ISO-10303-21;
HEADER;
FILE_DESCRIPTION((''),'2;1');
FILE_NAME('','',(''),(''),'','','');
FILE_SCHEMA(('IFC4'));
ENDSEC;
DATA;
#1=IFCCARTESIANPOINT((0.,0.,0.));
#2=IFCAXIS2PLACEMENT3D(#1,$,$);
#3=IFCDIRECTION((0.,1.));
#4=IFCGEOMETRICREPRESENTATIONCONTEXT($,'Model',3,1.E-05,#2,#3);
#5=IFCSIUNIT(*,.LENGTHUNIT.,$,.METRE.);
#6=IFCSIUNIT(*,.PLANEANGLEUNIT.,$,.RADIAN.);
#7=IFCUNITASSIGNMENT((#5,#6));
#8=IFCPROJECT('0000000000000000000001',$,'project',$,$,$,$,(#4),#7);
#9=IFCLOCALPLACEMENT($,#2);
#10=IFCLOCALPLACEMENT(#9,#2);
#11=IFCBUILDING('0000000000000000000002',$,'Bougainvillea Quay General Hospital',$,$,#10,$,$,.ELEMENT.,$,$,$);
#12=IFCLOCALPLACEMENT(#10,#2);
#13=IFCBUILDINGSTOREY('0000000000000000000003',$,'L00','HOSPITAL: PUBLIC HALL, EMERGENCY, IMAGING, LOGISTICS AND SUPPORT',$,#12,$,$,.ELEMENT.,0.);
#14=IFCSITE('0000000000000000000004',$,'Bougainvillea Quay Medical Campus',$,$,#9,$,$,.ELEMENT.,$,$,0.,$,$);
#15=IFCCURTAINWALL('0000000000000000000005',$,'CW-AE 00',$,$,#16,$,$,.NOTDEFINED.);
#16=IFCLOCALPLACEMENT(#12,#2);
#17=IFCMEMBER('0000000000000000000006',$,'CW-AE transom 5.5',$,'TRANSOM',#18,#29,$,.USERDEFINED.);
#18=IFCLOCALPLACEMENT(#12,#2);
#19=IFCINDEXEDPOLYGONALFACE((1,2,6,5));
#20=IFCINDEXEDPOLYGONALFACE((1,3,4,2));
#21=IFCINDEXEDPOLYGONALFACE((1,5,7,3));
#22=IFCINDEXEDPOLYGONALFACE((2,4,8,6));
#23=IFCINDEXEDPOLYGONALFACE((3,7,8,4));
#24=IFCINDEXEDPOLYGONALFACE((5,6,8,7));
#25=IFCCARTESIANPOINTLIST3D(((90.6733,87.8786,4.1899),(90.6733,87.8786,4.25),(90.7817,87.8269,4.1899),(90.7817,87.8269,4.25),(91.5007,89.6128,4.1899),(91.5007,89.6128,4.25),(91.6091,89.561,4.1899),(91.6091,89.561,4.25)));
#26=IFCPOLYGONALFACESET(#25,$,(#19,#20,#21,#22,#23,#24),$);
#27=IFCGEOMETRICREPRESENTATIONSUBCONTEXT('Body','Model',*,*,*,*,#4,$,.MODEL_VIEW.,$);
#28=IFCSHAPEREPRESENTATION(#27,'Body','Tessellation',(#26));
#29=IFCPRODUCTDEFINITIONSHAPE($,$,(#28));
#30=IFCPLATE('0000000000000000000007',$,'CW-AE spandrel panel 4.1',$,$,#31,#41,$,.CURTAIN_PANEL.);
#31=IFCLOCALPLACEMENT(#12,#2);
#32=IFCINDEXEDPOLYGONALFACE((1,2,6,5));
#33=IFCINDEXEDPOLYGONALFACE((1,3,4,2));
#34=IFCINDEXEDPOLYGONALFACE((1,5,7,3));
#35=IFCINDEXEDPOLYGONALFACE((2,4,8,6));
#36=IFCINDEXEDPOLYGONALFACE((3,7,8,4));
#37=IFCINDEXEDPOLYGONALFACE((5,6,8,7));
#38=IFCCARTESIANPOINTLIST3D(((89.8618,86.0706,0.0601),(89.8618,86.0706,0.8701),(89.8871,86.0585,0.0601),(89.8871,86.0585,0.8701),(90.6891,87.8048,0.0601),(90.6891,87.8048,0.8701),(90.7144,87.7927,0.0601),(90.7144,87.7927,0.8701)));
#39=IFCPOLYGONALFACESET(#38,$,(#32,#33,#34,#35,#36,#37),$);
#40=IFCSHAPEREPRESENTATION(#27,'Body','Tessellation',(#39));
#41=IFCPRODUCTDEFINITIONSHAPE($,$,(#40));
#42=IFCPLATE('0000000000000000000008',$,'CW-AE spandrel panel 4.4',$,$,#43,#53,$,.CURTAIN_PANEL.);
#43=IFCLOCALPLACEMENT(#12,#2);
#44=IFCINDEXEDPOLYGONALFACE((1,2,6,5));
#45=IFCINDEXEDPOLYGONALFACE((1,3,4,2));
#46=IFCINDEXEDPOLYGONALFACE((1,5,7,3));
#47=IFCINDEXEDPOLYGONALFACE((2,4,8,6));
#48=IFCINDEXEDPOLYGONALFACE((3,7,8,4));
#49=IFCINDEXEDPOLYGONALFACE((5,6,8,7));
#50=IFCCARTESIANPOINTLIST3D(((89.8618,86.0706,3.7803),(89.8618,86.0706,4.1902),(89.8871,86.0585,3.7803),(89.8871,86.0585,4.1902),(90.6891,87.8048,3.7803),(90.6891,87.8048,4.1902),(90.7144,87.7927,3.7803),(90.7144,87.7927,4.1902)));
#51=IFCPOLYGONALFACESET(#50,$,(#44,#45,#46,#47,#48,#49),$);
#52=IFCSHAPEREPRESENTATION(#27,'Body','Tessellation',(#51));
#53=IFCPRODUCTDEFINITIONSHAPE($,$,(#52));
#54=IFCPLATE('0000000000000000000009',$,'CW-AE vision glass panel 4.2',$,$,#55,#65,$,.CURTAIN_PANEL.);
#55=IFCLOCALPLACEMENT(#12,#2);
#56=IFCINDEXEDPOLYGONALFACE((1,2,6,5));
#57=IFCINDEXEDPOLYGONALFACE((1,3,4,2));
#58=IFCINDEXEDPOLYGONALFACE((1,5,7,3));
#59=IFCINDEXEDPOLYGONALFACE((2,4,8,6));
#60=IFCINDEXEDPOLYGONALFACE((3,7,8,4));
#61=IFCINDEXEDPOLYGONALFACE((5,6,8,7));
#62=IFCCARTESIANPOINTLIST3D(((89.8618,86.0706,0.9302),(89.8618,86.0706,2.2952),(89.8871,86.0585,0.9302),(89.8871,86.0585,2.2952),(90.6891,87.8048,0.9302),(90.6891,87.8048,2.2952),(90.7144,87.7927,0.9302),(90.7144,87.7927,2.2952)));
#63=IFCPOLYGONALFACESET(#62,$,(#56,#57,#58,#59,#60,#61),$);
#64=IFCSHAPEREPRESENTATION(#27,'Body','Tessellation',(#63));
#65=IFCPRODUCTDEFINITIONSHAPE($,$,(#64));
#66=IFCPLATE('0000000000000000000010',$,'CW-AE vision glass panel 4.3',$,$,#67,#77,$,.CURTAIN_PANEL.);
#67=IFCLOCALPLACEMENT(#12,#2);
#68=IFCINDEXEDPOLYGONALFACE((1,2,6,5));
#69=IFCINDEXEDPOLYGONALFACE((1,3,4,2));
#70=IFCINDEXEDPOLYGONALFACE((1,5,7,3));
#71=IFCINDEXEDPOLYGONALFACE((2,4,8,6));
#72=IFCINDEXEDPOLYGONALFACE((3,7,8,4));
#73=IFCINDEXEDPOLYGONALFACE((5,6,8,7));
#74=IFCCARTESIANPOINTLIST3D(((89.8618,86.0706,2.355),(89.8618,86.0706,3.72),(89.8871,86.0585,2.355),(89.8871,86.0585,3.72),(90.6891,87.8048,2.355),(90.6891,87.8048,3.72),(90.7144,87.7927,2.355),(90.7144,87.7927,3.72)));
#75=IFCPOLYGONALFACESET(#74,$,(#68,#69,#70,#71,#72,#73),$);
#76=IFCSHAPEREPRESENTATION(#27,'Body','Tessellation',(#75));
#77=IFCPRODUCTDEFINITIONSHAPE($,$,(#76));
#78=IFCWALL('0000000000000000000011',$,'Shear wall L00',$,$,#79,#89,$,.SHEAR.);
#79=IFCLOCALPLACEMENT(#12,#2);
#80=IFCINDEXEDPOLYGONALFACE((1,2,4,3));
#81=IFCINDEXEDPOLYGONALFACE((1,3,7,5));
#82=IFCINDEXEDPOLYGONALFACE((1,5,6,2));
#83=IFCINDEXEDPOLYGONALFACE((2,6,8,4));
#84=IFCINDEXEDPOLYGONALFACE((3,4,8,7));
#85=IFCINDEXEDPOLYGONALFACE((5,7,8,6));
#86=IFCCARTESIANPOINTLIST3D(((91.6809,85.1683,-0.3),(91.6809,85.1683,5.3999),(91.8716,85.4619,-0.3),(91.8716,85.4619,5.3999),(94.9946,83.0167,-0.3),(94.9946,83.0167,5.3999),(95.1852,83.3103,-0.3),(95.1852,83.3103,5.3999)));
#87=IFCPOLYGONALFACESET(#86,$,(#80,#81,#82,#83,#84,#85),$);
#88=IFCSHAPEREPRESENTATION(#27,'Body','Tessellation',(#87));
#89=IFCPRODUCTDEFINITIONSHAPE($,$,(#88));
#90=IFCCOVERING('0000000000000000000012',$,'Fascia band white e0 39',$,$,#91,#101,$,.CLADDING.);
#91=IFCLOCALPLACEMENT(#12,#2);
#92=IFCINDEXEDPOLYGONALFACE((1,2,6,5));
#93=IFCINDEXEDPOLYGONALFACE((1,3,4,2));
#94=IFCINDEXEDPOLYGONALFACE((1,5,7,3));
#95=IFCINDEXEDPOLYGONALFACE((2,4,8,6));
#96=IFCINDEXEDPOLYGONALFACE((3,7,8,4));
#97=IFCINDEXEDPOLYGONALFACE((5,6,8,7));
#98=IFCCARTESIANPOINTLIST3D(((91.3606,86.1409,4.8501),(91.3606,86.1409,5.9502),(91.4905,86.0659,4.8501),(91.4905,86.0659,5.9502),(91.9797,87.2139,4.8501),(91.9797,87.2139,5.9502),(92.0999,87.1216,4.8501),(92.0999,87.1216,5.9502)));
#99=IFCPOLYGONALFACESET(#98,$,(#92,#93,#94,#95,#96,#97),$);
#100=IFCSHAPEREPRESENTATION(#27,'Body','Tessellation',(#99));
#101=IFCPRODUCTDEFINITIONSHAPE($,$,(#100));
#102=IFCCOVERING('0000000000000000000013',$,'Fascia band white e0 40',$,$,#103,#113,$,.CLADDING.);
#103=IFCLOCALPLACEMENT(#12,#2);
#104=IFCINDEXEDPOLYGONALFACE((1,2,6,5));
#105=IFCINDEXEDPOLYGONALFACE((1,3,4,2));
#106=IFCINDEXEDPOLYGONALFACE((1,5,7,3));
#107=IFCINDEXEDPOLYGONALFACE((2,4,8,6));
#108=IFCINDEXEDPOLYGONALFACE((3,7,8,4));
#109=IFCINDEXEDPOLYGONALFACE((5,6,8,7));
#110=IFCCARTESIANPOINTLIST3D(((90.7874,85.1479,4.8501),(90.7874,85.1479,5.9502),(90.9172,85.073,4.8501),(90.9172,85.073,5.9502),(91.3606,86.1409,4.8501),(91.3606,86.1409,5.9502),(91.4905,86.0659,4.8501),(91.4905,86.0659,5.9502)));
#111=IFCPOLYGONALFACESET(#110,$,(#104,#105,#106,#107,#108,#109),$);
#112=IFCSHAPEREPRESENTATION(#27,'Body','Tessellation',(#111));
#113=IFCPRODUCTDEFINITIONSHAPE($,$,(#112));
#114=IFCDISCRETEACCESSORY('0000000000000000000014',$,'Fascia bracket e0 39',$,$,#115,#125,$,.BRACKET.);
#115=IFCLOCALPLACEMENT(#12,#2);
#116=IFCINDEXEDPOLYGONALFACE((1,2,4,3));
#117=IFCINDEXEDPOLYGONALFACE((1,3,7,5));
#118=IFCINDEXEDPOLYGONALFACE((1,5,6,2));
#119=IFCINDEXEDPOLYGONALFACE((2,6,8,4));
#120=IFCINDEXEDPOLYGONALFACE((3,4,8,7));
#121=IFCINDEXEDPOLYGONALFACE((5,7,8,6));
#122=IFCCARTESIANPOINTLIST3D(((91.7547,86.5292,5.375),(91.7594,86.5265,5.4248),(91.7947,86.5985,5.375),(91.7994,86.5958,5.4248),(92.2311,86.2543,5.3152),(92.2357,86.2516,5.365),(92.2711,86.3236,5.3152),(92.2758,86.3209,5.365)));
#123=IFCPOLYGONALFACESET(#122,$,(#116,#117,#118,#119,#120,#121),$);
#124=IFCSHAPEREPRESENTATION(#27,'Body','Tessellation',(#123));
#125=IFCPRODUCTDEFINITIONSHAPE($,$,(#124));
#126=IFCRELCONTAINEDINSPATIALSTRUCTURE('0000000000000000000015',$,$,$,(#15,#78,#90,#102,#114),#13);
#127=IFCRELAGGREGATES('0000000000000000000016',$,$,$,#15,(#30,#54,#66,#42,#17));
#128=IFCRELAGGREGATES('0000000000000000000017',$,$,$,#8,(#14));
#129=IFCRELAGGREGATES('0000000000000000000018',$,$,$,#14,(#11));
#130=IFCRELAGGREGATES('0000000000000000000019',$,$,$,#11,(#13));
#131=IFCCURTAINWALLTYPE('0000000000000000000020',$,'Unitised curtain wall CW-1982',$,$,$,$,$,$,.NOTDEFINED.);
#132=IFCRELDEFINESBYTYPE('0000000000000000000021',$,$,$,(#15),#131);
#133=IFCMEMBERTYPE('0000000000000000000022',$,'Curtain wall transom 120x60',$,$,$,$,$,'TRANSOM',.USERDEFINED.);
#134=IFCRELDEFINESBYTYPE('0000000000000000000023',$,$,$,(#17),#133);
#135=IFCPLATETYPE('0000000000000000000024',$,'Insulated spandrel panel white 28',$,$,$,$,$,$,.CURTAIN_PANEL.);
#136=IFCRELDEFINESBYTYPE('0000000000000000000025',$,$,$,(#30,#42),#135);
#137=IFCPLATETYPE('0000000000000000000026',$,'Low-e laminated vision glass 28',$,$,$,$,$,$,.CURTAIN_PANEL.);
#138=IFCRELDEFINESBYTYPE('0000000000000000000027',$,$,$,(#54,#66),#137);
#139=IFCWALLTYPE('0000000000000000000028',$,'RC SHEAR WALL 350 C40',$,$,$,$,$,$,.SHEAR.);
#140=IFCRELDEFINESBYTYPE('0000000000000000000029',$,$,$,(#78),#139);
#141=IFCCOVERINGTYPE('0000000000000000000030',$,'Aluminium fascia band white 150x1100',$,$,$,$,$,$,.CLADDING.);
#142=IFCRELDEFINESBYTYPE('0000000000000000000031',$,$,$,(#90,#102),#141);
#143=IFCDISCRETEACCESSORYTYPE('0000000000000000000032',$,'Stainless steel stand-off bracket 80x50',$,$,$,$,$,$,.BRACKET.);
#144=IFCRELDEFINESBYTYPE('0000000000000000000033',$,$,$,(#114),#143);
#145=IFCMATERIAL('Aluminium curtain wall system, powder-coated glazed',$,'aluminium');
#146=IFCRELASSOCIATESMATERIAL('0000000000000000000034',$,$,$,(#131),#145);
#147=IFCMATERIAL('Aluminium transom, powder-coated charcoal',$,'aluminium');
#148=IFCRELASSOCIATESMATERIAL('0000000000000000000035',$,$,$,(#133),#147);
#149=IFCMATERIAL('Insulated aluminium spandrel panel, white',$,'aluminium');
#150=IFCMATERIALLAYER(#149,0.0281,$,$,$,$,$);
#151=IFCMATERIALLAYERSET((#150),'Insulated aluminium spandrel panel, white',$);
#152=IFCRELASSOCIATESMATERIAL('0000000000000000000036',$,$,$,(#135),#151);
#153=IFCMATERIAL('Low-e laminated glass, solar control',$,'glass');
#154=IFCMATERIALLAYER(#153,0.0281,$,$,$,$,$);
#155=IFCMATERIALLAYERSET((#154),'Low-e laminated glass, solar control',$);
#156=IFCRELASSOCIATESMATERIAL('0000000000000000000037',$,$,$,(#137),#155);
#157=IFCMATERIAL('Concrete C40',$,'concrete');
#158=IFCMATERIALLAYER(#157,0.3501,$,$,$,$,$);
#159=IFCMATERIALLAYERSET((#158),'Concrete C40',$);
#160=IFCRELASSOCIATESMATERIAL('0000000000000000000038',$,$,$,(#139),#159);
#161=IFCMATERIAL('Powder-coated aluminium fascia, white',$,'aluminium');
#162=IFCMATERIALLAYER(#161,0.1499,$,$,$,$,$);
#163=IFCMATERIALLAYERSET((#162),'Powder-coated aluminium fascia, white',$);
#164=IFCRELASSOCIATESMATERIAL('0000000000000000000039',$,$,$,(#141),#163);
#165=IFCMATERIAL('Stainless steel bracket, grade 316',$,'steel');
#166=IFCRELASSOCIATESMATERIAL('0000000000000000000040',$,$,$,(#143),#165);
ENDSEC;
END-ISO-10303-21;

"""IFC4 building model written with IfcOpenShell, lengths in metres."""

from ifc_helpers import new_model, si_unit, direction, frame, frame_2d, origin, origin_2d, place, context, subcontext, project, spatial, polyline, rectangle, outline, extrude, material, layer, layer_set, material_profile, profile_set, type_object, element, aggregate, save


model = new_model("IFC4")

# Units and contexts
model_context = context("Model", 3, precision=1e-05, world=origin(), true_north=direction((0.0, 1.0)))
body_context = subcontext(model_context, "Body", "Model", "MODEL_VIEW")
ifc_project = project(units=[si_unit("LENGTHUNIT", "METRE"), si_unit("PLANEANGLEUNIT", "RADIAN")], contexts=[model_context])

# Site, building, storey
site_placement = place(None, origin())
site = spatial("IfcSite", under=ifc_project, at=site_placement, Name="Bougainvillea Quay Medical Campus", CompositionType="ELEMENT", RefElevation=0.0)
building_placement = place(site_placement, origin())
building = spatial("IfcBuilding", under=site, at=building_placement, Name="Bougainvillea Quay General Hospital", CompositionType="ELEMENT")
storey_placement = place(building_placement, origin())
storey = spatial("IfcBuildingStorey", under=building, at=storey_placement, Name="L00", Description="HOSPITAL: PUBLIC HALL, EMERGENCY, IMAGING, LOGISTICS AND SUPPORT", CompositionType="ELEMENT", Elevation=0.0)

# Curtain wall, member, plates
ifc_material_1 = material(Name="Aluminium curtain wall system, powder-coated glazed", Category="aluminium")
curtain_wall_type = type_object("IfcCurtainWallType", Name="Unitised curtain wall CW-1982", PredefinedType="NOTDEFINED", material=ifc_material_1)
curtain_wall_placement = place(storey_placement, origin())
curtain_wall = element("IfcCurtainWall", 1, at=curtain_wall_placement, inside=storey, type_object=curtain_wall_type, Name="CW-AE 00", PredefinedType="NOTDEFINED")
ifc_material_2 = material(Name="Aluminium transom, powder-coated charcoal", Category="aluminium")
ifc_material_profile_1 = material_profile(ifc_material_2, rectangle(XDim=0.1201, YDim=0.0601, at=origin_2d()))
ifc_profile_set_1 = profile_set([ifc_material_profile_1], Name="Aluminium transom, powder-coated charcoal")
member_type_1 = type_object("IfcMemberType", Name="Curtain wall transom 120x60", ElementType="TRANSOM", PredefinedType="USERDEFINED", material=ifc_profile_set_1)
member_1_placement = place(storey_placement, frame((90.7275, 87.8528, 4.22), z_axis=(0.430619, 0.902534, 0.0), x_axis=(-0.902534, 0.430619, 0.0)))
member_1 = element("IfcMember", 2, at=member_1_placement, type_object=member_type_1, Name="CW-AE transom 5.5", ObjectType="TRANSOM", PredefinedType="USERDEFINED", context=body_context, shape_type="SweptSolid", body=[
    extrude(rectangle(XDim=0.1201, YDim=0.0601, at=origin_2d()), origin(), (0.0, 0.0, 1.0), 1.9214),
])
ifc_material_3 = material(Name="Insulated aluminium spandrel panel, white", Category="aluminium")
ifc_layer_1 = layer(ifc_material_3, 0.0281)
ifc_layer_set_1 = layer_set([ifc_layer_1], Name="Insulated aluminium spandrel panel, white")
plate_type_1 = type_object("IfcPlateType", Name="Insulated spandrel panel white 28", PredefinedType="CURTAIN_PANEL", material=ifc_layer_set_1)
plate_1_placement = place(storey_placement, frame((90.2881, 86.9316, 0.0601), z_axis=(0.0, 0.0, 1.0), x_axis=(0.430563, 0.902561, 0.0)))
plate_1 = element("IfcPlate", 3, at=plate_1_placement, type_object=plate_type_1, Name="CW-AE spandrel panel 4.1", PredefinedType="CURTAIN_PANEL", context=body_context, shape_type="SweptSolid", body=[
    extrude(rectangle(XDim=1.9214, YDim=0.0281, at=origin_2d()), origin(), (0.0, 0.0, 1.0), 0.8101),
])
plate_2_placement = place(storey_placement, frame((90.2881, 86.9316, 3.7803), z_axis=(0.0, 0.0, 1.0), x_axis=(0.430563, 0.902561, 0.0)))
plate_2 = element("IfcPlate", 4, at=plate_2_placement, type_object=plate_type_1, Name="CW-AE spandrel panel 4.4", PredefinedType="CURTAIN_PANEL", context=body_context, shape_type="SweptSolid", body=[
    extrude(rectangle(XDim=1.9214, YDim=0.0281, at=origin_2d()), origin(), (0.0, 0.0, 1.0), 0.4099),
])
ifc_material_4 = material(Name="Low-e laminated glass, solar control", Category="glass")
ifc_layer_2 = layer(ifc_material_4, 0.0281)
ifc_layer_set_2 = layer_set([ifc_layer_2], Name="Low-e laminated glass, solar control")
plate_type_2 = type_object("IfcPlateType", Name="Low-e laminated vision glass 28", PredefinedType="CURTAIN_PANEL", material=ifc_layer_set_2)
plate_3_placement = place(storey_placement, frame((90.2881, 86.9316, 0.9302), z_axis=(0.0, 0.0, 1.0), x_axis=(0.430563, 0.902561, 0.0)))
plate_3 = element("IfcPlate", 5, at=plate_3_placement, type_object=plate_type_2, Name="CW-AE vision glass panel 4.2", PredefinedType="CURTAIN_PANEL", context=body_context, shape_type="SweptSolid", body=[
    extrude(rectangle(XDim=1.9214, YDim=0.0281, at=origin_2d()), origin(), (0.0, 0.0, 1.0), 1.365),
])
plate_4_placement = place(storey_placement, frame((90.2881, 86.9316, 2.355), z_axis=(0.0, 0.0, 1.0), x_axis=(0.430563, 0.902561, 0.0)))
plate_4 = element("IfcPlate", 6, at=plate_4_placement, type_object=plate_type_2, Name="CW-AE vision glass panel 4.3", PredefinedType="CURTAIN_PANEL", context=body_context, shape_type="SweptSolid", body=[
    extrude(rectangle(XDim=1.9214, YDim=0.0281, at=origin_2d()), origin(), (0.0, 0.0, 1.0), 1.365),
])
aggregate(curtain_wall, [plate_1, plate_3, plate_4, plate_2, member_1])

# Wall
ifc_material_5 = material(Name="Concrete C40", Category="concrete")
ifc_layer_3 = layer(ifc_material_5, 0.3501)
ifc_layer_set_3 = layer_set([ifc_layer_3], Name="Concrete C40")
wall_type = type_object("IfcWallType", Name="RC SHEAR WALL 350 C40", PredefinedType="SHEAR", material=ifc_layer_set_3)
wall_placement = place(storey_placement, frame((91.7761, 85.3152, -0.3), z_axis=(0.0, 0.0, 1.0), x_axis=(0.83871, -0.544578, 0.0)))
element("IfcWall", 7, at=wall_placement, inside=storey, type_object=wall_type, Name="Shear wall L00", PredefinedType="SHEAR", context=body_context, shape_type="SweptSolid", body=[
    extrude(rectangle(XDim=3.9509, YDim=0.3501, at=frame_2d((1.9756, 0.0))), origin(), (0.0, 0.0, 1.0), 5.7),
])

# Coverings
ifc_material_6 = material(Name="Powder-coated aluminium fascia, white", Category="aluminium")
ifc_layer_4 = layer(ifc_material_6, 0.1499)
ifc_layer_set_4 = layer_set([ifc_layer_4], Name="Powder-coated aluminium fascia, white")
covering_type = type_object("IfcCoveringType", Name="Aluminium fascia band white 150x1100", PredefinedType="CLADDING", material=ifc_layer_set_4)
covering_1_placement = place(storey_placement, frame((92.0999, 87.1216, 4.8501), z_axis=(0.0, 0.0, 1.0), x_axis=(-0.499931, -0.866066, 0.0)))
element("IfcCovering", 8, at=covering_1_placement, inside=storey, type_object=covering_type, Name="Fascia band white e0 39", PredefinedType="CLADDING", context=body_context, shape_type="SweptSolid", body=[
    extrude(outline(polyline([(0.0, 0.0), (1.2189, 0.0), (1.2189, -0.15), (-0.0199, -0.1502), (0.0, 0.0)])), origin(), (0.0, 0.0, 1.0), 1.1001),
])
covering_2_placement = place(storey_placement, frame((91.4905, 86.0659, 4.8501), z_axis=(0.0, 0.0, 1.0), x_axis=(-0.499987, -0.866033, 0.0)))
element("IfcCovering", 9, at=covering_2_placement, inside=storey, type_object=covering_type, Name="Fascia band white e0 40", PredefinedType="CLADDING", context=body_context, shape_type="SweptSolid", body=[
    extrude(outline(polyline([(0.0, 0.0), (1.1465, 0.0), (1.1465, -0.15), (0.0, -0.15), (0.0, 0.0)])), origin(), (0.0, 0.0, 1.0), 1.1001),
])

# Discrete accessory
ifc_material_7 = material(Name="Stainless steel bracket, grade 316", Category="steel")
ifc_material_profile_2 = material_profile(ifc_material_7, rectangle(XDim=0.0801, YDim=0.05, at=origin_2d()))
ifc_profile_set_2 = profile_set([ifc_material_profile_2], Name="Stainless steel bracket, grade 316")
discrete_accessory_type = type_object("IfcDiscreteAccessoryType", Name="Stainless steel stand-off bracket 80x50", PredefinedType="BRACKET", material=ifc_profile_set_2)
discrete_accessory_placement = place(storey_placement, frame((92.2534, 86.2876, 5.3401), z_axis=(-0.861027, 0.496933, 0.108125), x_axis=(-0.499863, -0.866104, 0.0)))
element("IfcDiscreteAccessory", 10, at=discrete_accessory_placement, inside=storey, type_object=discrete_accessory_type, Name="Fascia bracket e0 39", PredefinedType="BRACKET", context=body_context, shape_type="SweptSolid", body=[
    extrude(rectangle(XDim=0.0801, YDim=0.05, at=origin_2d()), origin(), (0.0, 0.0, 1.0), 0.5532),
])

save(model, "model.ifc")
